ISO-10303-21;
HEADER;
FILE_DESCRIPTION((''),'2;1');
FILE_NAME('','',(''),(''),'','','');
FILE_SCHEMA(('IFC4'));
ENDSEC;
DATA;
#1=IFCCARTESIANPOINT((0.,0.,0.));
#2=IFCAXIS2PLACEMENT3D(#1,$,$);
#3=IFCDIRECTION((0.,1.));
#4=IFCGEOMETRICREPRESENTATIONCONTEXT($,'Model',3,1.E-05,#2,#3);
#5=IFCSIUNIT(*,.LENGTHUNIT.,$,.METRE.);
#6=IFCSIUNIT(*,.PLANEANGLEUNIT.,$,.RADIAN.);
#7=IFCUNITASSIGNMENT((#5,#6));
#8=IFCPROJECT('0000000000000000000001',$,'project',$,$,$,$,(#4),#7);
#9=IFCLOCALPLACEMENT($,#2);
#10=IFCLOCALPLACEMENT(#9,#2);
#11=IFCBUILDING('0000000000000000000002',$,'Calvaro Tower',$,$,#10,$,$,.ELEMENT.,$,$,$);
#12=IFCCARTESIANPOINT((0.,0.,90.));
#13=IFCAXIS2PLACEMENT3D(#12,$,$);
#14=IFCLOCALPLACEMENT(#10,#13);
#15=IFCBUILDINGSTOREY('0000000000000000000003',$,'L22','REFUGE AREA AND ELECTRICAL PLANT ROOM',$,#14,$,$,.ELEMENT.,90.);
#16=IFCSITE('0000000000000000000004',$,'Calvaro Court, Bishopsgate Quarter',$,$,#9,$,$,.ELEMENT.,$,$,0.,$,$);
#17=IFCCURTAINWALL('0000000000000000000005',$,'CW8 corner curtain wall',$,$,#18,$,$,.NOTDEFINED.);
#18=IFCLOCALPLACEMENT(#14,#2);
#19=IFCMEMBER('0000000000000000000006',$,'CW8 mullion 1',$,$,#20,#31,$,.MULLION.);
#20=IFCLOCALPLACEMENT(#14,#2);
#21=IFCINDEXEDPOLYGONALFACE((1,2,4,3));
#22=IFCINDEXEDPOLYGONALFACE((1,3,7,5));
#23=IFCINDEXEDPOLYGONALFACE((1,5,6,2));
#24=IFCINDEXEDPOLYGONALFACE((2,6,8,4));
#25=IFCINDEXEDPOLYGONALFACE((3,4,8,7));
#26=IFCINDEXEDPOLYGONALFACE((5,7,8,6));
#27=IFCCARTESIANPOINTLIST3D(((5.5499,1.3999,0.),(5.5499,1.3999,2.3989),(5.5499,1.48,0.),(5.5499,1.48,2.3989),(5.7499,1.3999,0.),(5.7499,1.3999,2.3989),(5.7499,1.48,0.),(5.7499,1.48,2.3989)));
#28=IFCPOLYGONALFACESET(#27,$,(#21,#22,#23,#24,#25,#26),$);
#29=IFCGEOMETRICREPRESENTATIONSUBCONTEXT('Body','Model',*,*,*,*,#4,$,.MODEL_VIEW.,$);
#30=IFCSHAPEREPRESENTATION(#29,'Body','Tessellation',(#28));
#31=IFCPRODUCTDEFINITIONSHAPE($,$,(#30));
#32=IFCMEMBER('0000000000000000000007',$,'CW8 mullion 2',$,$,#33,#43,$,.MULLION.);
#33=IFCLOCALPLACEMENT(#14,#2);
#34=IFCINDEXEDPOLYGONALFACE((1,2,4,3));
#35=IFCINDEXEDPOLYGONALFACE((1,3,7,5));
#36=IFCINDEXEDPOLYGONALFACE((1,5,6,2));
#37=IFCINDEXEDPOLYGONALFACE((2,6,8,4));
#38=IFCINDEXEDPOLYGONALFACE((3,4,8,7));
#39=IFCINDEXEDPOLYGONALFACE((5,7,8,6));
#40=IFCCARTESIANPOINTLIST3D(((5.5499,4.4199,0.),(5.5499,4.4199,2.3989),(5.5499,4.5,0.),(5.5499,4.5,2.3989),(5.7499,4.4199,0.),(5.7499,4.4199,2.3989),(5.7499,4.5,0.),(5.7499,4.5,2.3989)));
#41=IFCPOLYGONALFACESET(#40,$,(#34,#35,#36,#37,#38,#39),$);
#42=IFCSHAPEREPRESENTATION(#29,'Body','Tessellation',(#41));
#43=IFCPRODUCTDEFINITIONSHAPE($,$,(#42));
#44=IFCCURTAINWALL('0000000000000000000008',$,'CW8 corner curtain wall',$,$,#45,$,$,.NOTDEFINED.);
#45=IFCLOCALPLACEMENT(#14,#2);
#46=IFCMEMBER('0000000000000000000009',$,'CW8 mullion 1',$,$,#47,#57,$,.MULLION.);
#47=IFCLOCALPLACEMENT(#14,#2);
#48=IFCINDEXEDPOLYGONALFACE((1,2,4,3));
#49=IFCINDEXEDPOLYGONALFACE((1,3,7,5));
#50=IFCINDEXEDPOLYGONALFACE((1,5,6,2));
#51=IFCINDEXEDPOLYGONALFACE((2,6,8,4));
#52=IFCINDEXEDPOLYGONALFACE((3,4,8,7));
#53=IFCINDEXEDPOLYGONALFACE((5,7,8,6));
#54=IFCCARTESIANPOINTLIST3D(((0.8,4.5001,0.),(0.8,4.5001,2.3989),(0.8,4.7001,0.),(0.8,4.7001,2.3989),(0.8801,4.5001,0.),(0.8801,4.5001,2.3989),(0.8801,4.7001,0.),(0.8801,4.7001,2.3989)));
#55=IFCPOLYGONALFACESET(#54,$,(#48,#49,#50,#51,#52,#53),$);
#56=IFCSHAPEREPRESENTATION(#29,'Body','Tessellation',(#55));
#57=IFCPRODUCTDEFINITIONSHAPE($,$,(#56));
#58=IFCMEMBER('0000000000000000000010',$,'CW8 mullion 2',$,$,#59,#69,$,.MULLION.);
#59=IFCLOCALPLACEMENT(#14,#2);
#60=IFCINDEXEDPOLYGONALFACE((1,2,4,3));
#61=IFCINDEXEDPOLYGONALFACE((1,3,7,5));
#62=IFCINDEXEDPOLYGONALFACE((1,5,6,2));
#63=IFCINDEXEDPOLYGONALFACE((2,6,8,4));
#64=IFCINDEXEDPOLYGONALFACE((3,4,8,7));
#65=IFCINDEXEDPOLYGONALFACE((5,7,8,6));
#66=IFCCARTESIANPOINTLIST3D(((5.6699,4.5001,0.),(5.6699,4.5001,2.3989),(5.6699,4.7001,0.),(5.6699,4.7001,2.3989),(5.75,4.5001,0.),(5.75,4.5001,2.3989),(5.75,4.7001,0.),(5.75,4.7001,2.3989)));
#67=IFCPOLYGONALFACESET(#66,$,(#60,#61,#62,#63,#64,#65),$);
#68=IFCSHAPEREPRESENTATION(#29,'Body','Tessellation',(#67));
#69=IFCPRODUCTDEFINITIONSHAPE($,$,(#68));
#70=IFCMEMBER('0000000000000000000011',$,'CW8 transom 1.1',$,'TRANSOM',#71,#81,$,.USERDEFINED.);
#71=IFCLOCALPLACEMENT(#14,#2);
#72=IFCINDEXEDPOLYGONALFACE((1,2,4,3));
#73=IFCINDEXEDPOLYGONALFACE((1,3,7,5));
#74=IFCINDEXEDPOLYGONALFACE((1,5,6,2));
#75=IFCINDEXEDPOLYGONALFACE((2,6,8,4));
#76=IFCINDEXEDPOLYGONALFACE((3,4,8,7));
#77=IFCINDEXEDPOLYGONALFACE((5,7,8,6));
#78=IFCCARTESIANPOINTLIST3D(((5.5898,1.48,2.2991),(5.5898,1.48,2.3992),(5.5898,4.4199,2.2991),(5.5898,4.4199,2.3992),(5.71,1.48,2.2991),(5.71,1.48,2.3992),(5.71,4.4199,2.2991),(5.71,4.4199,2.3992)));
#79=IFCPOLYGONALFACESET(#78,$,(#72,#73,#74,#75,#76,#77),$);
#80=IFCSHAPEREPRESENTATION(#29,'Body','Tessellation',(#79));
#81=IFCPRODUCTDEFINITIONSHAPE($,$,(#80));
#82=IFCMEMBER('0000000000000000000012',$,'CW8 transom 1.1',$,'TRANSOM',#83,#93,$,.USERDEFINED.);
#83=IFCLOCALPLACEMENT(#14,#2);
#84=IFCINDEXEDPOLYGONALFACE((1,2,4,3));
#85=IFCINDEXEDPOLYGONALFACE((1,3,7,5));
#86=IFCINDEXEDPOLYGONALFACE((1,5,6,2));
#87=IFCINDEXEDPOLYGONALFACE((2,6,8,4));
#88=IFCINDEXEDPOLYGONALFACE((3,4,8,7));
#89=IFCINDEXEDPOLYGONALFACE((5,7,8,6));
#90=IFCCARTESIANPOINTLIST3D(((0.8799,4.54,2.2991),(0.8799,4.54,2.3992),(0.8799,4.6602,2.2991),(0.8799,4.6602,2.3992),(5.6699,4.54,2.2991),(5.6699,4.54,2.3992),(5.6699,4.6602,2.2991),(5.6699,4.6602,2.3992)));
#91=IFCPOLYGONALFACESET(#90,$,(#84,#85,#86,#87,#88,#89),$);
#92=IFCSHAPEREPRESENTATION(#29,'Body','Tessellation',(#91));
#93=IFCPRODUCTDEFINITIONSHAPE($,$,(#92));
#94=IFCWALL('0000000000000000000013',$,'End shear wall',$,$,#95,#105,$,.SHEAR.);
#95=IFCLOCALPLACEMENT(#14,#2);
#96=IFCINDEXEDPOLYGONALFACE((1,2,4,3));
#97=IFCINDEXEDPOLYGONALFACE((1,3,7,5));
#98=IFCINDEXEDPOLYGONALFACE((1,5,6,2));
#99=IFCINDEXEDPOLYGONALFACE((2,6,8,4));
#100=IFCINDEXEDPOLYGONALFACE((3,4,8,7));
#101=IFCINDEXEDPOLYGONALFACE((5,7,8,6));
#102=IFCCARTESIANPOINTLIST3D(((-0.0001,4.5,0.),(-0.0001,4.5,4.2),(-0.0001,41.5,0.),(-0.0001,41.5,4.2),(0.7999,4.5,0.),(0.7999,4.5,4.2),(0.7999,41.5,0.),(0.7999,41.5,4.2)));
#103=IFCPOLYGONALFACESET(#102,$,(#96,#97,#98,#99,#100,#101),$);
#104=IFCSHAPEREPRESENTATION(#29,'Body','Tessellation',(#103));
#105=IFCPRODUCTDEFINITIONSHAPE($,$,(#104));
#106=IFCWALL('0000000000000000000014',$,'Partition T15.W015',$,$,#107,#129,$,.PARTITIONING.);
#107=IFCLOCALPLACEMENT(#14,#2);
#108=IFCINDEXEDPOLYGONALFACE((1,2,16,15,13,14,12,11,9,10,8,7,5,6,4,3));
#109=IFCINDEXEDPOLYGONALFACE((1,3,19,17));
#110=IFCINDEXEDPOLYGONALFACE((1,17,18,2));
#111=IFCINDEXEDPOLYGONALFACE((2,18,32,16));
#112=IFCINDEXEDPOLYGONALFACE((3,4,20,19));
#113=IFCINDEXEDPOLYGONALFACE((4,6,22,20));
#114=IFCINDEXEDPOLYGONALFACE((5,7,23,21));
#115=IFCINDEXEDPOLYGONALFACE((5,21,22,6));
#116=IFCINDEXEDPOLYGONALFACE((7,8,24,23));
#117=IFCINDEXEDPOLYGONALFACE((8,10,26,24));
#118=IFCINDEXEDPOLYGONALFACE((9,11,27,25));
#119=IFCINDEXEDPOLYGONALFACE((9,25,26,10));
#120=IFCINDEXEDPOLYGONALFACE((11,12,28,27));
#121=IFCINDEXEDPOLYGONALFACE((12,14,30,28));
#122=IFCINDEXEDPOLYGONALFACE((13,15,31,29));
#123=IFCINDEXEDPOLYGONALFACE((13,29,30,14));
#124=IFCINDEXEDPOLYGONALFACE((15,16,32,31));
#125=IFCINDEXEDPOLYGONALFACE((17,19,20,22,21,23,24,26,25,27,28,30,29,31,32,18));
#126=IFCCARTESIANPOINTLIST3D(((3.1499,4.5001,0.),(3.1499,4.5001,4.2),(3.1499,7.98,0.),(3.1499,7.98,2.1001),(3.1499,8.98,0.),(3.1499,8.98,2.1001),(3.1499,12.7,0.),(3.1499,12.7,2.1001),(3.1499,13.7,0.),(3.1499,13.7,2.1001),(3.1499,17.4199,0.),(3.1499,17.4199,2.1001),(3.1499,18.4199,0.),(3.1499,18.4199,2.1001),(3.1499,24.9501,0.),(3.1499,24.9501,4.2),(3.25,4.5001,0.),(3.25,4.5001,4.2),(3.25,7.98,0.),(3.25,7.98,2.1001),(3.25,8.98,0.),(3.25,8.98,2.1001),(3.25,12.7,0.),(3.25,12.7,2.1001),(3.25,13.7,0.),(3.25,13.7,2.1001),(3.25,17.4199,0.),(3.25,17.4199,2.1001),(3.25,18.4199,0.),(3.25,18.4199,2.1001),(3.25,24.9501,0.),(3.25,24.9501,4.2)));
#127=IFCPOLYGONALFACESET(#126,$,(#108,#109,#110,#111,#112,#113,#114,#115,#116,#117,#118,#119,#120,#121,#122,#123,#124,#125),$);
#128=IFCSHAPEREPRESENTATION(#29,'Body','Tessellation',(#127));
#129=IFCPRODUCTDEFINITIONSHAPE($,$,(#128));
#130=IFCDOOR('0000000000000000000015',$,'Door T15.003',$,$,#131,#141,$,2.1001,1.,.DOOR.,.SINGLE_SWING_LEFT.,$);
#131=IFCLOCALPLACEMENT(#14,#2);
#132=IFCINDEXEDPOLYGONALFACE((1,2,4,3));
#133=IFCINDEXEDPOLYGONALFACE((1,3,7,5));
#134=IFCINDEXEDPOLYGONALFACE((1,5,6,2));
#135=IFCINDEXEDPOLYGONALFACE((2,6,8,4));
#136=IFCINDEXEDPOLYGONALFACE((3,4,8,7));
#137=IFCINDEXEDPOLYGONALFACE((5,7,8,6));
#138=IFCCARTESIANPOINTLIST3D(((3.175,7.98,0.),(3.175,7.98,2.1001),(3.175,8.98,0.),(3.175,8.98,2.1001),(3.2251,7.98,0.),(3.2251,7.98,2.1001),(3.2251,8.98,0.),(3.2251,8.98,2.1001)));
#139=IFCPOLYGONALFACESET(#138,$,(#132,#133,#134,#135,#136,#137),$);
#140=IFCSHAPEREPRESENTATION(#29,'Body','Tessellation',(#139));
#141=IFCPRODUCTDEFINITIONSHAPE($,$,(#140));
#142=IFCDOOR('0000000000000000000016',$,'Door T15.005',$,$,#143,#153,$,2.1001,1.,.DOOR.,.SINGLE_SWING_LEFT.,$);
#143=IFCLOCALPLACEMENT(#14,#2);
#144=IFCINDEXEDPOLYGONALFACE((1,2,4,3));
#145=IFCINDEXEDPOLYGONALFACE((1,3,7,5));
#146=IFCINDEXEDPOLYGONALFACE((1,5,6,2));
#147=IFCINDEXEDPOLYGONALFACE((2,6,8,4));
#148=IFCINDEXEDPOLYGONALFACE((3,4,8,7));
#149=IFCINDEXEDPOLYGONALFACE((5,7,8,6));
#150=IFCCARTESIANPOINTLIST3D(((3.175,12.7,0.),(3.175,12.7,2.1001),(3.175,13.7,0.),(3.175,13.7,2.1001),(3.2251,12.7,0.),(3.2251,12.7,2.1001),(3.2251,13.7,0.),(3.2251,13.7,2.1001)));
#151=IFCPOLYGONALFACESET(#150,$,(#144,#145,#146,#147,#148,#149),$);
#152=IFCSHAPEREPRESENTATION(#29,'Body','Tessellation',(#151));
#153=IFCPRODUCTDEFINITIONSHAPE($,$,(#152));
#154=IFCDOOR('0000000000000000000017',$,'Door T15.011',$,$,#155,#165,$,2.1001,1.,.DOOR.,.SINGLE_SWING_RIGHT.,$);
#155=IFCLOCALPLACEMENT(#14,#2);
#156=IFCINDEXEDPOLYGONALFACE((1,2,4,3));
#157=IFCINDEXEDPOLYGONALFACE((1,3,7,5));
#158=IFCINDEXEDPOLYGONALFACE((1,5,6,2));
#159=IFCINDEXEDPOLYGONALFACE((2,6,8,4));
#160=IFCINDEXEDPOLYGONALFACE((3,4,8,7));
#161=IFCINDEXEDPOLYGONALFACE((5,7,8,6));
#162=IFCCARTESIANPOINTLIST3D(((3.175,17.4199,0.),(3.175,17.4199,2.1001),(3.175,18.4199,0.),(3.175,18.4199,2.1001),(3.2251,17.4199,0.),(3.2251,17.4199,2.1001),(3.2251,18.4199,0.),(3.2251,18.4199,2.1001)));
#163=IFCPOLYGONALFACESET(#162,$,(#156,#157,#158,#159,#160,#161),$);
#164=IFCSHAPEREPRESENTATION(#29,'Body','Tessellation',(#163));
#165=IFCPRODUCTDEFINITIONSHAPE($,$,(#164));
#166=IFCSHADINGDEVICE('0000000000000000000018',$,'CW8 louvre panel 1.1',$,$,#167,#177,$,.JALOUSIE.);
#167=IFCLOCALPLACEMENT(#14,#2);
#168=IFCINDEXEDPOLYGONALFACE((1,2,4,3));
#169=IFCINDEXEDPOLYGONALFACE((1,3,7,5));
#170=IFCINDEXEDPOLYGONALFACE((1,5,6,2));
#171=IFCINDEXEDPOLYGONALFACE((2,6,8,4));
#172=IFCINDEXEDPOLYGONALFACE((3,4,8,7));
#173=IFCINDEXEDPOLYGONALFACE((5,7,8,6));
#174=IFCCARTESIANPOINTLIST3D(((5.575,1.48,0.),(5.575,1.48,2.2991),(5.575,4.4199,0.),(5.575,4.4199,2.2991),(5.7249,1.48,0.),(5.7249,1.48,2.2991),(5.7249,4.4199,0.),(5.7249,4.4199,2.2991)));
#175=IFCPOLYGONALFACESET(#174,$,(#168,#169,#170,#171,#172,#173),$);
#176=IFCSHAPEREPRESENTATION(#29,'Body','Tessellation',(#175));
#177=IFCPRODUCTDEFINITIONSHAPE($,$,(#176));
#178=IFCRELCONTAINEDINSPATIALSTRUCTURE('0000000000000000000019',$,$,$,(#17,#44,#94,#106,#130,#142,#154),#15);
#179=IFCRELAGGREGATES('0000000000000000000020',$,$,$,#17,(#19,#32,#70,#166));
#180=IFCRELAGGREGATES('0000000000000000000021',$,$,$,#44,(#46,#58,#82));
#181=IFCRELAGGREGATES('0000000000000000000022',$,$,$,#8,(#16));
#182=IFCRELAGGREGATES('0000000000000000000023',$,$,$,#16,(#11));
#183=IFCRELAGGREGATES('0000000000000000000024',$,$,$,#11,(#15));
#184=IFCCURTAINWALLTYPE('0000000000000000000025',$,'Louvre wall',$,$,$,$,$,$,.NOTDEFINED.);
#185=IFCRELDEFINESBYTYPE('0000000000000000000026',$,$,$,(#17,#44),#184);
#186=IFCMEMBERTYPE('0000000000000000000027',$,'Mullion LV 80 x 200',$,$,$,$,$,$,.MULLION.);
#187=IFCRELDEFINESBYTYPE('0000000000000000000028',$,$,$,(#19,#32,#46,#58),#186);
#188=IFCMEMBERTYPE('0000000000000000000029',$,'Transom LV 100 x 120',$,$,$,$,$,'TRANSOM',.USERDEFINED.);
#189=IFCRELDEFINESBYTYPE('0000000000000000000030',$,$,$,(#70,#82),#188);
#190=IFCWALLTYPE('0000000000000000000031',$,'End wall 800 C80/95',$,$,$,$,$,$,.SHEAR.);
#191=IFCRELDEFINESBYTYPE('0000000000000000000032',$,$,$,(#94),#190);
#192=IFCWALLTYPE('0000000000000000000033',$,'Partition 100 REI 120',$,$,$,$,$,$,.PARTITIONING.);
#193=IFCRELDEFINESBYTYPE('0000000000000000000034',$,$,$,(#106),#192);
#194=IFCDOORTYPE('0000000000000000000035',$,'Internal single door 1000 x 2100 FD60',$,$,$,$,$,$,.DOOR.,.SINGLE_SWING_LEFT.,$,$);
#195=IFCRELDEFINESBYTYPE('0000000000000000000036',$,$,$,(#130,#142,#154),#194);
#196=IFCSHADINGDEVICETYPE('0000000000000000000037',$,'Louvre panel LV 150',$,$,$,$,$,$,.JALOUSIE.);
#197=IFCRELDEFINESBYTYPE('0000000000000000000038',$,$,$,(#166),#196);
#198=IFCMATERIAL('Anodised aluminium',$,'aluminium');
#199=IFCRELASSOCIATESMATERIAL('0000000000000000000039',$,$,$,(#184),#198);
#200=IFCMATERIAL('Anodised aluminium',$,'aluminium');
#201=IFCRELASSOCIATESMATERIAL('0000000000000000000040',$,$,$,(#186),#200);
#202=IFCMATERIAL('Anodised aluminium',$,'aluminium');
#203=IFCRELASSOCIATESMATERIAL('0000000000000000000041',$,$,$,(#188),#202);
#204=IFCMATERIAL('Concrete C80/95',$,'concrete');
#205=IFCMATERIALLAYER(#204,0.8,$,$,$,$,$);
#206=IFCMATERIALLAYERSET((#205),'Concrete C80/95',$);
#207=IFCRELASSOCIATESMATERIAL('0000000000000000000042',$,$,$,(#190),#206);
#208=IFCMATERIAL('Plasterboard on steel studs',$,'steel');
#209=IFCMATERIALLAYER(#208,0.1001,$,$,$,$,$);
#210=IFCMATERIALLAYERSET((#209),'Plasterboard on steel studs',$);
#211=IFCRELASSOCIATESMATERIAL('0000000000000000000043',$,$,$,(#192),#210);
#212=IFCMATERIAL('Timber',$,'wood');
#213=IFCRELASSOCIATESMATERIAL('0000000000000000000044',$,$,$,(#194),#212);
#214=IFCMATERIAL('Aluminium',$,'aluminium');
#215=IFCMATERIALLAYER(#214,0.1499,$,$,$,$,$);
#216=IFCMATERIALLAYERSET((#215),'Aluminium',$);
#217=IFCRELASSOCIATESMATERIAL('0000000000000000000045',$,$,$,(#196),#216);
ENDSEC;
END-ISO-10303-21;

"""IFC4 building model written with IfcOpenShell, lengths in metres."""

from ifc_helpers import new_model, si_unit, direction, frame, frame_2d, origin, origin_2d, place, context, subcontext, project, spatial, rectangle, extrude, material, layer, layer_set, material_profile, profile_set, type_object, element, fill, aggregate, save


model = new_model("IFC4")

# Units and contexts
model_context = context("Model", 3, precision=1e-05, world=origin(), true_north=direction((0.0, 1.0)))
body_context = subcontext(model_context, "Body", "Model", "MODEL_VIEW")
ifc_project = project(units=[si_unit("LENGTHUNIT", "METRE"), si_unit("PLANEANGLEUNIT", "RADIAN")], contexts=[model_context])

# Site, building, storey
site_placement = place(None, origin())
site = spatial("IfcSite", under=ifc_project, at=site_placement, Name="Calvaro Court, Bishopsgate Quarter", CompositionType="ELEMENT", RefElevation=0.0)
building_placement = place(site_placement, origin())
building = spatial("IfcBuilding", under=site, at=building_placement, Name="Calvaro Tower", CompositionType="ELEMENT")
storey_placement = place(building_placement, frame((0.0, 0.0, 90.0)))
storey = spatial("IfcBuildingStorey", under=building, at=storey_placement, Name="L22", Description="REFUGE AREA AND ELECTRICAL PLANT ROOM", CompositionType="ELEMENT", Elevation=90.0)

# Curtain walls, members
ifc_material_1 = material(Name="Anodised aluminium", Category="aluminium")
curtain_wall_type = type_object("IfcCurtainWallType", Name="Louvre wall", PredefinedType="NOTDEFINED", material=ifc_material_1)
curtain_wall_1_placement = place(storey_placement, origin())
curtain_wall_1 = element("IfcCurtainWall", 1, at=curtain_wall_1_placement, inside=storey, type_object=curtain_wall_type, Name="CW8 corner curtain wall", PredefinedType="NOTDEFINED")
ifc_material_2 = material(Name="Anodised aluminium", Category="aluminium")
ifc_material_profile_1 = material_profile(ifc_material_2, rectangle(XDim=0.2, YDim=0.0801, at=origin_2d()), Name="Mullion LV 80 x 200")
ifc_profile_set_1 = profile_set([ifc_material_profile_1], Name="Anodised aluminium")
member_type_1 = type_object("IfcMemberType", Name="Mullion LV 80 x 200", PredefinedType="MULLION", material=ifc_profile_set_1)
member_1_placement = place(storey_placement, frame((5.6499, 1.4399, 0.0), z_axis=(0.0, 0.0, 1.0), x_axis=(-1.0, 0.0, 0.0)))
member_1 = element("IfcMember", 2, at=member_1_placement, type_object=member_type_1, Name="CW8 mullion 1", PredefinedType="MULLION", context=body_context, shape_type="SweptSolid", body=[
    extrude(rectangle(XDim=0.2, YDim=0.0801, at=origin_2d()), origin(), (0.0, 0.0, 1.0), 2.3989),
])
member_2_placement = place(storey_placement, frame((5.6499, 4.46, 0.0), z_axis=(0.0, 0.0, 1.0), x_axis=(-1.0, 0.0, 0.0)))
member_2 = element("IfcMember", 3, at=member_2_placement, type_object=member_type_1, Name="CW8 mullion 2", PredefinedType="MULLION", context=body_context, shape_type="SweptSolid", body=[
    extrude(rectangle(XDim=0.2, YDim=0.0801, at=origin_2d()), origin(), (0.0, 0.0, 1.0), 2.3989),
])
curtain_wall_2_placement = place(storey_placement, origin())
curtain_wall_2 = element("IfcCurtainWall", 4, at=curtain_wall_2_placement, inside=storey, type_object=curtain_wall_type, Name="CW8 corner curtain wall", PredefinedType="NOTDEFINED")
member_3_placement = place(storey_placement, frame((0.8401, 4.6001, 0.0), z_axis=(0.0, 0.0, 1.0), x_axis=(0.0, 1.0, 0.0)))
member_3 = element("IfcMember", 5, at=member_3_placement, type_object=member_type_1, Name="CW8 mullion 1", PredefinedType="MULLION", context=body_context, shape_type="SweptSolid", body=[
    extrude(rectangle(XDim=0.2, YDim=0.0801, at=origin_2d()), origin(), (0.0, 0.0, 1.0), 2.3989),
])
member_4_placement = place(storey_placement, frame((5.71, 4.6001, 0.0), z_axis=(0.0, 0.0, 1.0), x_axis=(0.0, 1.0, 0.0)))
member_4 = element("IfcMember", 6, at=member_4_placement, type_object=member_type_1, Name="CW8 mullion 2", PredefinedType="MULLION", context=body_context, shape_type="SweptSolid", body=[
    extrude(rectangle(XDim=0.2, YDim=0.0801, at=origin_2d()), origin(), (0.0, 0.0, 1.0), 2.3989),
])

# Members
ifc_material_3 = material(Name="Anodised aluminium", Category="aluminium")
ifc_material_profile_2 = material_profile(ifc_material_3, rectangle(XDim=0.1201, YDim=0.1001, at=origin_2d()), Name="Transom LV 100 x 120")
ifc_profile_set_2 = profile_set([ifc_material_profile_2], Name="Anodised aluminium")
member_type_2 = type_object("IfcMemberType", Name="Transom LV 100 x 120", ElementType="TRANSOM", PredefinedType="USERDEFINED", material=ifc_profile_set_2)
member_5_placement = place(storey_placement, frame((5.6499, 1.48, 2.3491), z_axis=(0.0, 1.0, 0.0), x_axis=(-1.0, 0.0, 0.0)))
member_5 = element("IfcMember", 7, at=member_5_placement, type_object=member_type_2, Name="CW8 transom 1.1", ObjectType="TRANSOM", PredefinedType="USERDEFINED", context=body_context, shape_type="SweptSolid", body=[
    extrude(rectangle(XDim=0.1201, YDim=0.1001, at=origin_2d()), origin(), (0.0, 0.0, 1.0), 2.9399),
])
member_6_placement = place(storey_placement, frame((0.8799, 4.6001, 2.3491), z_axis=(1.0, 0.0, 0.0), x_axis=(0.0, 1.0, 0.0)))
member_6 = element("IfcMember", 8, at=member_6_placement, type_object=member_type_2, Name="CW8 transom 1.1", ObjectType="TRANSOM", PredefinedType="USERDEFINED", context=body_context, shape_type="SweptSolid", body=[
    extrude(rectangle(XDim=0.1201, YDim=0.1001, at=origin_2d()), origin(), (0.0, 0.0, 1.0), 4.79),
])

# Wall
ifc_material_4 = material(Name="Concrete C80/95", Category="concrete")
ifc_layer_1 = layer(ifc_material_4, 0.8)
ifc_layer_set_1 = layer_set([ifc_layer_1], Name="Concrete C80/95")
wall_type_1 = type_object("IfcWallType", Name="End wall 800 C80/95", PredefinedType="SHEAR", material=ifc_layer_set_1)
wall_1_placement = place(storey_placement, frame((0.3999, 4.5, 0.0), z_axis=(0.0, 0.0, 1.0), x_axis=(0.0, 1.0, 0.0)))
element("IfcWall", 9, at=wall_1_placement, inside=storey, type_object=wall_type_1, Name="End shear wall", PredefinedType="SHEAR", context=body_context, shape_type="SweptSolid", body=[
    extrude(rectangle(XDim=37.0, YDim=0.8, at=frame_2d((18.5, 0.0))), origin(), (0.0, 0.0, 1.0), 4.2),
])

# Wall, openings, doors
ifc_material_5 = material(Name="Plasterboard on steel studs", Category="steel")
ifc_layer_2 = layer(ifc_material_5, 0.1001)
ifc_layer_set_2 = layer_set([ifc_layer_2], Name="Plasterboard on steel studs")
wall_type_2 = type_object("IfcWallType", Name="Partition 100 REI 120", PredefinedType="PARTITIONING", material=ifc_layer_set_2)
wall_2_placement = place(storey_placement, frame((3.2, 4.5, 0.0), z_axis=(0.0, 0.0, 1.0), x_axis=(0.0, 1.0, 0.0)))
wall_2 = element("IfcWall", 10, at=wall_2_placement, inside=storey, type_object=wall_type_2, Name="Partition T15.W015", PredefinedType="PARTITIONING", context=body_context, shape_type="SweptSolid", body=[
    extrude(rectangle(XDim=20.45, YDim=0.1001, at=frame_2d((10.2251, 0.0))), origin(), (0.0, 0.0, 1.0), 4.2),
])
opening_1_placement = place(wall_2_placement, frame((3.48, 0.0, 0.0)))
opening_1 = element("IfcOpeningElement", 11, at=opening_1_placement, cuts=wall_2, PredefinedType="OPENING", context=body_context, shape_type="SweptSolid", body=[
    extrude(rectangle(XDim=1.0, YDim=2.1001, at=frame_2d((0.5, 1.05))), frame((0.0, 0.0601, 0.0), z_axis=(0.0, -1.0, 0.0), x_axis=(1.0, 0.0, 0.0)), (0.0, 0.0, 1.0), 0.1201),
])
opening_2_placement = place(wall_2_placement, frame((8.2, 0.0, 0.0)))
opening_2 = element("IfcOpeningElement", 12, at=opening_2_placement, cuts=wall_2, PredefinedType="OPENING", context=body_context, shape_type="SweptSolid", body=[
    extrude(rectangle(XDim=1.0, YDim=2.1001, at=frame_2d((0.5, 1.05))), frame((0.0, 0.0601, 0.0), z_axis=(0.0, -1.0, 0.0), x_axis=(1.0, 0.0, 0.0)), (0.0, 0.0, 1.0), 0.1201),
])
opening_3_placement = place(wall_2_placement, frame((12.9199, 0.0, 0.0)))
opening_3 = element("IfcOpeningElement", 13, at=opening_3_placement, cuts=wall_2, PredefinedType="OPENING", context=body_context, shape_type="SweptSolid", body=[
    extrude(rectangle(XDim=1.0, YDim=2.1001, at=frame_2d((0.5, 1.05))), frame((0.0, 0.0601, 0.0), z_axis=(0.0, -1.0, 0.0), x_axis=(1.0, 0.0, 0.0)), (0.0, 0.0, 1.0), 0.1201),
])
ifc_material_6 = material(Name="Timber", Category="wood")
door_type = type_object("IfcDoorType", Name="Internal single door 1000 x 2100 FD60", OperationType="SINGLE_SWING_LEFT", PredefinedType="DOOR", material=ifc_material_6)
door_1_placement = place(opening_1_placement, origin())
door_1 = element("IfcDoor", 14, at=door_1_placement, inside=storey, type_object=door_type, Name="Door T15.003", OperationType="SINGLE_SWING_LEFT", OverallHeight=2.1001, OverallWidth=1.0, PredefinedType="DOOR", context=body_context, shape_type="SweptSolid", body=[
    extrude(rectangle(XDim=1.0, YDim=2.1001, at=frame_2d((0.5, 1.05))), frame((0.0, 0.0249, 0.0), z_axis=(0.0, -1.0, 0.0), x_axis=(1.0, 0.0, 0.0)), (0.0, 0.0, 1.0), 0.05),
])
fill(opening_1, door_1)
door_2_placement = place(opening_2_placement, origin())
door_2 = element("IfcDoor", 15, at=door_2_placement, inside=storey, type_object=door_type, Name="Door T15.005", OperationType="SINGLE_SWING_LEFT", OverallHeight=2.1001, OverallWidth=1.0, PredefinedType="DOOR", context=body_context, shape_type="SweptSolid", body=[
    extrude(rectangle(XDim=1.0, YDim=2.1001, at=frame_2d((0.5, 1.05))), frame((0.0, 0.0249, 0.0), z_axis=(0.0, -1.0, 0.0), x_axis=(1.0, 0.0, 0.0)), (0.0, 0.0, 1.0), 0.05),
])
fill(opening_2, door_2)
door_3_placement = place(opening_3_placement, origin())
door_3 = element("IfcDoor", 16, at=door_3_placement, inside=storey, type_object=door_type, Name="Door T15.011", OperationType="SINGLE_SWING_RIGHT", OverallHeight=2.1001, OverallWidth=1.0, PredefinedType="DOOR", context=body_context, shape_type="SweptSolid", body=[
    extrude(rectangle(XDim=1.0, YDim=2.1001, at=frame_2d((0.5, 1.05))), frame((0.0, 0.0249, 0.0), z_axis=(0.0, -1.0, 0.0), x_axis=(1.0, 0.0, 0.0)), (0.0, 0.0, 1.0), 0.05),
])
fill(opening_3, door_3)

# Shading device
ifc_material_7 = material(Name="Aluminium", Category="aluminium")
ifc_layer_3 = layer(ifc_material_7, 0.1499)
ifc_layer_set_3 = layer_set([ifc_layer_3], Name="Aluminium")
shading_device_type = type_object("IfcShadingDeviceType", Name="Louvre panel LV 150", PredefinedType="JALOUSIE", material=ifc_layer_set_3)
shading_device_1_placement = place(storey_placement, frame((5.6499, 2.95, 0.0), z_axis=(0.0, 0.0, 1.0), x_axis=(0.0, 1.0, 0.0)))
shading_device_1 = element("IfcShadingDevice", 17, at=shading_device_1_placement, type_object=shading_device_type, Name="CW8 louvre panel 1.1", PredefinedType="JALOUSIE", context=body_context, shape_type="SweptSolid", body=[
    extrude(rectangle(XDim=2.9399, YDim=0.1499, at=origin_2d()), origin(), (0.0, 0.0, 1.0), 2.2991),
])
aggregate(curtain_wall_1, [member_1, member_2, member_5, shading_device_1])
aggregate(curtain_wall_2, [member_3, member_4, member_6])

save(model, "model.ifc")
